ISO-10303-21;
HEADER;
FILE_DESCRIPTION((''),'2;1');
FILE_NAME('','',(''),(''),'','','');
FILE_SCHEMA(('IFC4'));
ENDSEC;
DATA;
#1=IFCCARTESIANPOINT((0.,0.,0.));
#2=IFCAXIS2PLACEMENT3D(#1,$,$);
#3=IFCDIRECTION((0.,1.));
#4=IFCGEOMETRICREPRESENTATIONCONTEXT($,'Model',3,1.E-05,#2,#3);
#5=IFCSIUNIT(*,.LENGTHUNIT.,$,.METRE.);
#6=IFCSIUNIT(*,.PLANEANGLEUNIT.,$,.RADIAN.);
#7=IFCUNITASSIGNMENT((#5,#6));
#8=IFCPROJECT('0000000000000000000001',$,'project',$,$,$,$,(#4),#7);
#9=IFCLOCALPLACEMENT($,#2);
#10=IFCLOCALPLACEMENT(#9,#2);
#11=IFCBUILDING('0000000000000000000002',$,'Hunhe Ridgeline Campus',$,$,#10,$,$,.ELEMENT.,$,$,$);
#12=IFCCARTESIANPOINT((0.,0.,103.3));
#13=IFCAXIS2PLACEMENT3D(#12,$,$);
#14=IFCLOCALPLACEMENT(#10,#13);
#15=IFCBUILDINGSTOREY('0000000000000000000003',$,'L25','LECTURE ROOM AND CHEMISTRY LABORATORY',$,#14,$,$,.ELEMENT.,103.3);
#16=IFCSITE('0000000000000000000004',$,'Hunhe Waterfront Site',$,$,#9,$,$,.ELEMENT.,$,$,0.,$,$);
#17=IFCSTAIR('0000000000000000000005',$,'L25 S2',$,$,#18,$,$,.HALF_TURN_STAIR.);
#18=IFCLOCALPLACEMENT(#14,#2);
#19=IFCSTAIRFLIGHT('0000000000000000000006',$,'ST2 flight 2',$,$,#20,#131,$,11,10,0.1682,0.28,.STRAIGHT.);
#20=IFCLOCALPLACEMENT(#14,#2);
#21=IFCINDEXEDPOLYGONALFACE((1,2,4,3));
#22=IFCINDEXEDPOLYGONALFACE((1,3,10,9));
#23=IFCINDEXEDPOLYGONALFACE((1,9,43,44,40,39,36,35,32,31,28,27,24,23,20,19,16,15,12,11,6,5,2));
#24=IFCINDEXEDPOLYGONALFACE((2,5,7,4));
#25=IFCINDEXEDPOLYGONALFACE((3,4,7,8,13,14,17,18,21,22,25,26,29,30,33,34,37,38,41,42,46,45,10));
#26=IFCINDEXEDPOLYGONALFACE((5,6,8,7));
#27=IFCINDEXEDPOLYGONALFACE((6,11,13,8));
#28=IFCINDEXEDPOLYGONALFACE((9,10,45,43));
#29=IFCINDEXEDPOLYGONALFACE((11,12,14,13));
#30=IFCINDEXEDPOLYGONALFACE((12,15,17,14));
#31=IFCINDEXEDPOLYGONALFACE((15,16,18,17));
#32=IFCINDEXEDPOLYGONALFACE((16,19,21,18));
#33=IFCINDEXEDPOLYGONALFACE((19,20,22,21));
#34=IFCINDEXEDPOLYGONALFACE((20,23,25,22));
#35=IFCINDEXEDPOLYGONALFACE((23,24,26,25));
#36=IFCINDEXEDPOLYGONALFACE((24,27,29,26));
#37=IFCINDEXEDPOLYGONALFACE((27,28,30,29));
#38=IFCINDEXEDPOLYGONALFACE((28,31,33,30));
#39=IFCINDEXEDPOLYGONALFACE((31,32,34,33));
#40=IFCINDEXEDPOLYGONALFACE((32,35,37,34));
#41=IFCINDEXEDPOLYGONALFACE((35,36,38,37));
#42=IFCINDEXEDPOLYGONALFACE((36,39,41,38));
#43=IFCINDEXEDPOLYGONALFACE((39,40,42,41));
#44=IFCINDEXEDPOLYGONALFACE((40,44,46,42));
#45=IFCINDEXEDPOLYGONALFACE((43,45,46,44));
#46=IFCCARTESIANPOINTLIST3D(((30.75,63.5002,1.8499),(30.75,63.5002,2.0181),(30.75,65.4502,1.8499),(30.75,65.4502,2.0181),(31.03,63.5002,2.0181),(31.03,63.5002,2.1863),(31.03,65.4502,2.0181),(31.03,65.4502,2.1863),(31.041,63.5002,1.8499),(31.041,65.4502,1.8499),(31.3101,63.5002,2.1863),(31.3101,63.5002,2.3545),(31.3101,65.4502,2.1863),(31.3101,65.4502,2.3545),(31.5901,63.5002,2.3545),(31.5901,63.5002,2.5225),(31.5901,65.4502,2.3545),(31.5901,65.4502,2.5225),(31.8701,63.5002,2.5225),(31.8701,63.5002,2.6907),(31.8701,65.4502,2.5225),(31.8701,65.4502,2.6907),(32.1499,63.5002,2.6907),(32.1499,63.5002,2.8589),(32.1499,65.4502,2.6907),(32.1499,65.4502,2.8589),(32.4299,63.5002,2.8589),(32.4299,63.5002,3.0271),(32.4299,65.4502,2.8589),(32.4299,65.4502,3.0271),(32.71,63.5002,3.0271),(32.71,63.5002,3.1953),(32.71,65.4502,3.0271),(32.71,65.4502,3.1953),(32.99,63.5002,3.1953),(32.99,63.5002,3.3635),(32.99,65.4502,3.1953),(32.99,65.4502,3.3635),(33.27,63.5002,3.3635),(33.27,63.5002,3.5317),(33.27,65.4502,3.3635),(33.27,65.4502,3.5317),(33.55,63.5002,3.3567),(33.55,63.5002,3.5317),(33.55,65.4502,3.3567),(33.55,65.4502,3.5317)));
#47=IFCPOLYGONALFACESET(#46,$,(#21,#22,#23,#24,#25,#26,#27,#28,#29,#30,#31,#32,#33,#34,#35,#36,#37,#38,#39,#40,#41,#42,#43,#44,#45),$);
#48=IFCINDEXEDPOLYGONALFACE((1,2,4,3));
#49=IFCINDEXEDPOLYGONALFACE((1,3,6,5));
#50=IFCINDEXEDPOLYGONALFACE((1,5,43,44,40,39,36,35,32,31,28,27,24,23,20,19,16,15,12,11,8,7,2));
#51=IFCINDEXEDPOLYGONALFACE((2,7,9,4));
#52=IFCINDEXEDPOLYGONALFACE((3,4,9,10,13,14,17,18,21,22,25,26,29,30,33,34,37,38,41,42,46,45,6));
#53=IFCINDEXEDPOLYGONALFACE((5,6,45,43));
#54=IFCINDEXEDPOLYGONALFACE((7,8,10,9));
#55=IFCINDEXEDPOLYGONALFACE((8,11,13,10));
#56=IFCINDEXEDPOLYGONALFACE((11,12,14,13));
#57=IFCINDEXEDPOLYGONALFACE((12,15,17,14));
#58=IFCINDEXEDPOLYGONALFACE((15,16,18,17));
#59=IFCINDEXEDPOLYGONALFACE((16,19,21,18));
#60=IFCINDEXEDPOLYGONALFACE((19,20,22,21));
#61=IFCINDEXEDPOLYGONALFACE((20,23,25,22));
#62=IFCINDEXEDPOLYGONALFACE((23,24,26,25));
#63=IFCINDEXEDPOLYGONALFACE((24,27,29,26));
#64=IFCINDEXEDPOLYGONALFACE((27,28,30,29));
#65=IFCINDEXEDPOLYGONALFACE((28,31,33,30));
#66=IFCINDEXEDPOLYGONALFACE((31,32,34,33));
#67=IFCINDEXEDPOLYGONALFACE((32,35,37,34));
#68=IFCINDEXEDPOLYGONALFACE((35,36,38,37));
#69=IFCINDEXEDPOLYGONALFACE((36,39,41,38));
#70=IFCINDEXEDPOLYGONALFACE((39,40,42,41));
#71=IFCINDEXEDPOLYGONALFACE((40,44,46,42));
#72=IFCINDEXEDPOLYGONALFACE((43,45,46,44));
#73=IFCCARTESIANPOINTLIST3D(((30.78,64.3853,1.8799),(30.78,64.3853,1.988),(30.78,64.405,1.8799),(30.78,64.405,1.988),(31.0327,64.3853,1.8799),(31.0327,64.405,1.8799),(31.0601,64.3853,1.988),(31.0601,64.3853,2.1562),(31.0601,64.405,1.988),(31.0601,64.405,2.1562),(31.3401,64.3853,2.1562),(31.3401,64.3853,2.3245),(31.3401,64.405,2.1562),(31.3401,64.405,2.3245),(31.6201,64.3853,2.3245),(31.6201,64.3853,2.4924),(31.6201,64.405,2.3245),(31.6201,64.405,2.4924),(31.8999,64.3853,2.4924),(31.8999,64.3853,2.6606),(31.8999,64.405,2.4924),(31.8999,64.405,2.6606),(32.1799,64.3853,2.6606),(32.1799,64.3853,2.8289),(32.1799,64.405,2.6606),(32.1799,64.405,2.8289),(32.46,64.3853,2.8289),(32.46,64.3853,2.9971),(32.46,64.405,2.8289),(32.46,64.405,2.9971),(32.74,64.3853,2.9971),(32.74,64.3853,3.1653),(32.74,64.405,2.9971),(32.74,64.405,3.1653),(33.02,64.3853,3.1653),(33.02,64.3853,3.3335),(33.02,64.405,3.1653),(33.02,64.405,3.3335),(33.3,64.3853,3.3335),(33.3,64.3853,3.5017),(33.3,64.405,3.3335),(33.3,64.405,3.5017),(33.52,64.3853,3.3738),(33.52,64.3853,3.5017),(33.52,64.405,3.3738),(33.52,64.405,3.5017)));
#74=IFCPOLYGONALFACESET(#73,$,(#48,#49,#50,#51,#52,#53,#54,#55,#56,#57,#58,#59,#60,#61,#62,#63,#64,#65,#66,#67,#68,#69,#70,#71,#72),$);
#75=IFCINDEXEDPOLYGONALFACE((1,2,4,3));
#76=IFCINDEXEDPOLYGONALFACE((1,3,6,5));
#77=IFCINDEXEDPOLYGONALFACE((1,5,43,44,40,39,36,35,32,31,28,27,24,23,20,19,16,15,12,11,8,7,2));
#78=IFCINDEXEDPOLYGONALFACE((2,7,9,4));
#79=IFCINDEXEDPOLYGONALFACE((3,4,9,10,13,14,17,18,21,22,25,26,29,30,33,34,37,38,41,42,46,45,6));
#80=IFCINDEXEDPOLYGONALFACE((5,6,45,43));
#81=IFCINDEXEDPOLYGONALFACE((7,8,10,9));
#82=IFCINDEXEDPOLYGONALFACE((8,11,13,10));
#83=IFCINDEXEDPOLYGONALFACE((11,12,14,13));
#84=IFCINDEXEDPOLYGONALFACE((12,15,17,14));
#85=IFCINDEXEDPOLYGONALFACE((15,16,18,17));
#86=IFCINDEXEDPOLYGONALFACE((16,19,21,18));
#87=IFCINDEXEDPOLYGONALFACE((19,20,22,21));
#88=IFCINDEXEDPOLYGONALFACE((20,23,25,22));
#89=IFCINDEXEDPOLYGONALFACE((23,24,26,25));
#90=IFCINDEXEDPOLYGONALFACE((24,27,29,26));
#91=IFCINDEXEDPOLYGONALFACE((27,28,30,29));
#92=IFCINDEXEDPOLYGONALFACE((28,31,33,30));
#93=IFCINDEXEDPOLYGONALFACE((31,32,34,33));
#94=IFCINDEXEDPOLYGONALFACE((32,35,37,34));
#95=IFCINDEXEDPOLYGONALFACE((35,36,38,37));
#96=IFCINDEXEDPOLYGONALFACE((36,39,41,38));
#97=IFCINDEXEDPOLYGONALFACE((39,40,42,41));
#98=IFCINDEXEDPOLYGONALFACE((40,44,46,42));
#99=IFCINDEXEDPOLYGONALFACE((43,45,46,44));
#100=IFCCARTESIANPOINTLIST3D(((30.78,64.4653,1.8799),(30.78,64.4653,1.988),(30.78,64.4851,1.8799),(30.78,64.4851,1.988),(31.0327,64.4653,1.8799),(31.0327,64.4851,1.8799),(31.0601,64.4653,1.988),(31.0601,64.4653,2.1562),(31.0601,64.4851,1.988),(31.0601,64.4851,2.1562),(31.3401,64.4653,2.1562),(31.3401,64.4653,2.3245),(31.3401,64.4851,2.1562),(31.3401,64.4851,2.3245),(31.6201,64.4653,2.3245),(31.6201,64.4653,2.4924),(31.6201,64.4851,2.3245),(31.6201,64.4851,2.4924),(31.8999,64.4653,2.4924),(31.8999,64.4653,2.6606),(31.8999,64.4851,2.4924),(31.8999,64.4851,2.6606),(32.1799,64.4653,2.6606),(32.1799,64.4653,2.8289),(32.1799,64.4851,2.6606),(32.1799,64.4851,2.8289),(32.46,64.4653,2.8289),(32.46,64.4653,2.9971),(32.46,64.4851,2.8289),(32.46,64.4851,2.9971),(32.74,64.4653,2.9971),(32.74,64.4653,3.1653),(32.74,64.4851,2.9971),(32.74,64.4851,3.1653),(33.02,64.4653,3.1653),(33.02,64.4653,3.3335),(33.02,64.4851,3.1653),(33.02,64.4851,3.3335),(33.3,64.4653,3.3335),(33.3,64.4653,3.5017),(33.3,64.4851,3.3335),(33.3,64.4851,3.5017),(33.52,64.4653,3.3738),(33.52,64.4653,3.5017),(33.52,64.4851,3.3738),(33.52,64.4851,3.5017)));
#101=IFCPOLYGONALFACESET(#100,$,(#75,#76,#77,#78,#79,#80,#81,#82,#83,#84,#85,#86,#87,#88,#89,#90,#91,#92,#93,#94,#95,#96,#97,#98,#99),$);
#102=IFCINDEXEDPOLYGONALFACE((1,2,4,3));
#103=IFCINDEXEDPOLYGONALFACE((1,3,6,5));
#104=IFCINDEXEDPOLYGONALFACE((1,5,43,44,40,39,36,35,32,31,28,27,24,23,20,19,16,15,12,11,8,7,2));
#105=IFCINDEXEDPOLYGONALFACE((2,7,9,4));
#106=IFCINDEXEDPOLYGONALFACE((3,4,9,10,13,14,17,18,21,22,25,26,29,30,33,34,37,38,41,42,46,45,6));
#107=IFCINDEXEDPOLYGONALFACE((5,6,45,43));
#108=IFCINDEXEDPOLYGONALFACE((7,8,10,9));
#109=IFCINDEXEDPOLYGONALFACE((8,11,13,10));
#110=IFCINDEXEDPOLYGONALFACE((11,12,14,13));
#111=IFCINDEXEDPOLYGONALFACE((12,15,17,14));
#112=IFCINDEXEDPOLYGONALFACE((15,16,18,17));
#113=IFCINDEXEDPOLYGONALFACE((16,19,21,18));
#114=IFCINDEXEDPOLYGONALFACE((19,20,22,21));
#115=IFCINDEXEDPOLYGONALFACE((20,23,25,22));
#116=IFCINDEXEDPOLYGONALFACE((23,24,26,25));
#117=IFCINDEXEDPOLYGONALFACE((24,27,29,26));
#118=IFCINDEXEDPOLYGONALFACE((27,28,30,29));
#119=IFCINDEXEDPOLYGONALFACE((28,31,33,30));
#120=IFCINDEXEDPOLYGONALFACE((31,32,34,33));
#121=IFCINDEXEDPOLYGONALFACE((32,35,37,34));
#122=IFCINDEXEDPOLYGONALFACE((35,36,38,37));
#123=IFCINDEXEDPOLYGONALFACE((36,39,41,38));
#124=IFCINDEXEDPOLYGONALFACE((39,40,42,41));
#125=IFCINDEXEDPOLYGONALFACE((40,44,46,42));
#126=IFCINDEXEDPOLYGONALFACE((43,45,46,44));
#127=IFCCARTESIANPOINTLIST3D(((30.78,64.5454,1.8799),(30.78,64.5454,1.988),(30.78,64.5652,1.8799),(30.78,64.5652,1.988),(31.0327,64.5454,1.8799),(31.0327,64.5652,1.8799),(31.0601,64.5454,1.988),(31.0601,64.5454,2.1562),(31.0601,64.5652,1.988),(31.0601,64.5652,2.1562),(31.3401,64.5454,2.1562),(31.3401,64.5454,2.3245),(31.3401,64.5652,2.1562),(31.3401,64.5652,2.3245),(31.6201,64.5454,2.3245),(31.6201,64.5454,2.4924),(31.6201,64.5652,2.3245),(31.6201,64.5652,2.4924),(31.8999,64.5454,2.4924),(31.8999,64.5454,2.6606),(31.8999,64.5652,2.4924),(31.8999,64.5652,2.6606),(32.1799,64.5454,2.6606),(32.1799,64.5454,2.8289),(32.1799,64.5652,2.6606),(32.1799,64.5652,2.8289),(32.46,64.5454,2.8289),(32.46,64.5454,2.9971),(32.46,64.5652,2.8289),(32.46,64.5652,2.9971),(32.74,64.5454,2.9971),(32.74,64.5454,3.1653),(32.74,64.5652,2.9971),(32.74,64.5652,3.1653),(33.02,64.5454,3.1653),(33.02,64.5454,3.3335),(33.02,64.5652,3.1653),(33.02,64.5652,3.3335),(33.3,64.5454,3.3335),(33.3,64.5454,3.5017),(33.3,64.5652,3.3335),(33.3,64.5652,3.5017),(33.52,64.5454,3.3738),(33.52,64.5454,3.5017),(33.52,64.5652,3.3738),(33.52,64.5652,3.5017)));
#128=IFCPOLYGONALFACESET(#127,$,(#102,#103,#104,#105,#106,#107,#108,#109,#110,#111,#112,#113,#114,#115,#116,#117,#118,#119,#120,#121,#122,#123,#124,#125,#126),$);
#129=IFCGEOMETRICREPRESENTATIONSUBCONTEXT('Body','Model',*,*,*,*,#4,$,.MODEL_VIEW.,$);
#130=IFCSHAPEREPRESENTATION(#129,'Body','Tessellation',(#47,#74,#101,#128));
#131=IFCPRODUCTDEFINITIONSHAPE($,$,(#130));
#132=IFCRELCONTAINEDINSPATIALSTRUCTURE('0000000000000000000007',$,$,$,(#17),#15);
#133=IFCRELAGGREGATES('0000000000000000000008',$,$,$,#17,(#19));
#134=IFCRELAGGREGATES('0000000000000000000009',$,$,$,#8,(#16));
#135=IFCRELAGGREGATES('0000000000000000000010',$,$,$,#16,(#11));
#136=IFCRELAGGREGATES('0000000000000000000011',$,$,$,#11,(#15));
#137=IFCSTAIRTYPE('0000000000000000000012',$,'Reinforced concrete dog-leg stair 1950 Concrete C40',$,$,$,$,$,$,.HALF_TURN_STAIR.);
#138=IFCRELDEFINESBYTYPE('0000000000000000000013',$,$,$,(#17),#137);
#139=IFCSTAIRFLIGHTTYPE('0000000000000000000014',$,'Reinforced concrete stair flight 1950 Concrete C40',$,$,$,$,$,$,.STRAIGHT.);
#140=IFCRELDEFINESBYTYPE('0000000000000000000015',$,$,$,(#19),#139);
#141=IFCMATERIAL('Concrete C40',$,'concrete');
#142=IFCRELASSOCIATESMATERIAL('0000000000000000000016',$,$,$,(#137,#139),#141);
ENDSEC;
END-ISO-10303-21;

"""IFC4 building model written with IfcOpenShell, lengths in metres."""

from ifc_helpers import new_model, si_unit, direction, frame, origin, place, context, subcontext, project, spatial, polyline, outline, extrude, material, type_object, element, aggregate, save


model = new_model("IFC4")

# Units and contexts
model_context = context("Model", 3, precision=1e-05, world=origin(), true_north=direction((0.0, 1.0)))
body_context = subcontext(model_context, "Body", "Model", "MODEL_VIEW")
ifc_project = project(units=[si_unit("LENGTHUNIT", "METRE"), si_unit("PLANEANGLEUNIT", "RADIAN")], contexts=[model_context])

# Site, building, storey
site_placement = place(None, origin())
site = spatial("IfcSite", under=ifc_project, at=site_placement, Name="Hunhe Waterfront Site", CompositionType="ELEMENT", RefElevation=0.0)
building_placement = place(site_placement, origin())
building = spatial("IfcBuilding", under=site, at=building_placement, Name="Hunhe Ridgeline Campus", CompositionType="ELEMENT")
storey_placement = place(building_placement, frame((0.0, 0.0, 103.3)))
storey = spatial("IfcBuildingStorey", under=building, at=storey_placement, Name="L25", Description="LECTURE ROOM AND CHEMISTRY LABORATORY", CompositionType="ELEMENT", Elevation=103.3)

# Stair, stair flight
ifc_material_1 = material(Name="Concrete C40", Category="concrete")
stair_type = type_object("IfcStairType", Name="Reinforced concrete dog-leg stair 1950 Concrete C40", PredefinedType="HALF_TURN_STAIR", material=ifc_material_1)
stair_placement = place(storey_placement, origin())
stair = element("IfcStair", 1, at=stair_placement, inside=storey, type_object=stair_type, Name="L25 S2", PredefinedType="HALF_TURN_STAIR")
stair_flight_type = type_object("IfcStairFlightType", Name="Reinforced concrete stair flight 1950 Concrete C40", PredefinedType="STRAIGHT", material=ifc_material_1)
stair_flight_1_placement = place(storey_placement, frame((30.75, 64.4751, 1.8499), z_axis=(0.0, 0.0, 1.0), x_axis=(1.0, 0.0, 0.0)))
stair_flight_1 = element("IfcStairFlight", 2, at=stair_flight_1_placement, type_object=stair_flight_type, Name="ST2 flight 2", NumberOfRisers=11, NumberOfTreads=10, PredefinedType="STRAIGHT", RiserHeight=0.1682, TreadLength=0.28, context=body_context, shape_type="SweptSolid", body=[
    extrude(outline(polyline([(0.0, 0.0), (0.0, 0.1682), (0.28, 0.1682), (0.28, 0.3364), (0.5601, 0.3364), (0.5601, 0.5046), (0.8401, 0.5046), (0.8401, 0.6726), (1.1201, 0.6726), (1.1201, 0.8408), (1.3999, 0.8408), (1.3999, 1.009), (1.6799, 1.009), (1.6799, 1.1772), (1.96, 1.1772), (1.96, 1.3455), (2.24, 1.3455), (2.24, 1.5137), (2.52, 1.5137), (2.52, 1.6819), (2.8, 1.6819), (2.8, 1.8501), (2.8, 1.5068), (0.291, 0.0), (0.0, 0.0)])), frame((0.0, 0.9751, 0.0), z_axis=(0.0, -1.0, 0.0), x_axis=(1.0, 0.0, 0.0)), (0.0, 0.0, 1.0), 1.95),
    extrude(outline(polyline([(0.03, 0.03), (0.03, 0.1382), (0.3101, 0.1382), (0.3101, 0.3064), (0.5901, 0.3064), (0.5901, 0.4746), (0.8701, 0.4746), (0.8701, 0.6426), (1.1499, 0.6426), (1.1499, 0.8108), (1.4299, 0.8108), (1.4299, 0.979), (1.71, 0.979), (1.71, 1.1472), (1.99, 1.1472), (1.99, 1.3154), (2.27, 1.3154), (2.27, 1.4836), (2.55, 1.4836), (2.55, 1.6519), (2.77, 1.6519), (2.77, 1.5239), (0.2827, 0.03), (0.03, 0.03)])), frame((0.0, -0.0701, 0.0), z_axis=(0.0, -1.0, 0.0), x_axis=(1.0, 0.0, 0.0)), (0.0, 0.0, 1.0), 0.0198),
    extrude(outline(polyline([(0.03, 0.03), (0.03, 0.1382), (0.3101, 0.1382), (0.3101, 0.3064), (0.5901, 0.3064), (0.5901, 0.4746), (0.8701, 0.4746), (0.8701, 0.6426), (1.1499, 0.6426), (1.1499, 0.8108), (1.4299, 0.8108), (1.4299, 0.979), (1.71, 0.979), (1.71, 1.1472), (1.99, 1.1472), (1.99, 1.3154), (2.27, 1.3154), (2.27, 1.4836), (2.55, 1.4836), (2.55, 1.6519), (2.77, 1.6519), (2.77, 1.5239), (0.2827, 0.03), (0.03, 0.03)])), frame((0.0, 0.01, 0.0), z_axis=(0.0, -1.0, 0.0), x_axis=(1.0, 0.0, 0.0)), (0.0, 0.0, 1.0), 0.0198),
    extrude(outline(polyline([(0.03, 0.03), (0.03, 0.1382), (0.3101, 0.1382), (0.3101, 0.3064), (0.5901, 0.3064), (0.5901, 0.4746), (0.8701, 0.4746), (0.8701, 0.6426), (1.1499, 0.6426), (1.1499, 0.8108), (1.4299, 0.8108), (1.4299, 0.979), (1.71, 0.979), (1.71, 1.1472), (1.99, 1.1472), (1.99, 1.3154), (2.27, 1.3154), (2.27, 1.4836), (2.55, 1.4836), (2.55, 1.6519), (2.77, 1.6519), (2.77, 1.5239), (0.2827, 0.03), (0.03, 0.03)])), frame((0.0, 0.0901, 0.0), z_axis=(0.0, -1.0, 0.0), x_axis=(1.0, 0.0, 0.0)), (0.0, 0.0, 1.0), 0.0198),
])
aggregate(stair, [stair_flight_1])

save(model, "model.ifc")
